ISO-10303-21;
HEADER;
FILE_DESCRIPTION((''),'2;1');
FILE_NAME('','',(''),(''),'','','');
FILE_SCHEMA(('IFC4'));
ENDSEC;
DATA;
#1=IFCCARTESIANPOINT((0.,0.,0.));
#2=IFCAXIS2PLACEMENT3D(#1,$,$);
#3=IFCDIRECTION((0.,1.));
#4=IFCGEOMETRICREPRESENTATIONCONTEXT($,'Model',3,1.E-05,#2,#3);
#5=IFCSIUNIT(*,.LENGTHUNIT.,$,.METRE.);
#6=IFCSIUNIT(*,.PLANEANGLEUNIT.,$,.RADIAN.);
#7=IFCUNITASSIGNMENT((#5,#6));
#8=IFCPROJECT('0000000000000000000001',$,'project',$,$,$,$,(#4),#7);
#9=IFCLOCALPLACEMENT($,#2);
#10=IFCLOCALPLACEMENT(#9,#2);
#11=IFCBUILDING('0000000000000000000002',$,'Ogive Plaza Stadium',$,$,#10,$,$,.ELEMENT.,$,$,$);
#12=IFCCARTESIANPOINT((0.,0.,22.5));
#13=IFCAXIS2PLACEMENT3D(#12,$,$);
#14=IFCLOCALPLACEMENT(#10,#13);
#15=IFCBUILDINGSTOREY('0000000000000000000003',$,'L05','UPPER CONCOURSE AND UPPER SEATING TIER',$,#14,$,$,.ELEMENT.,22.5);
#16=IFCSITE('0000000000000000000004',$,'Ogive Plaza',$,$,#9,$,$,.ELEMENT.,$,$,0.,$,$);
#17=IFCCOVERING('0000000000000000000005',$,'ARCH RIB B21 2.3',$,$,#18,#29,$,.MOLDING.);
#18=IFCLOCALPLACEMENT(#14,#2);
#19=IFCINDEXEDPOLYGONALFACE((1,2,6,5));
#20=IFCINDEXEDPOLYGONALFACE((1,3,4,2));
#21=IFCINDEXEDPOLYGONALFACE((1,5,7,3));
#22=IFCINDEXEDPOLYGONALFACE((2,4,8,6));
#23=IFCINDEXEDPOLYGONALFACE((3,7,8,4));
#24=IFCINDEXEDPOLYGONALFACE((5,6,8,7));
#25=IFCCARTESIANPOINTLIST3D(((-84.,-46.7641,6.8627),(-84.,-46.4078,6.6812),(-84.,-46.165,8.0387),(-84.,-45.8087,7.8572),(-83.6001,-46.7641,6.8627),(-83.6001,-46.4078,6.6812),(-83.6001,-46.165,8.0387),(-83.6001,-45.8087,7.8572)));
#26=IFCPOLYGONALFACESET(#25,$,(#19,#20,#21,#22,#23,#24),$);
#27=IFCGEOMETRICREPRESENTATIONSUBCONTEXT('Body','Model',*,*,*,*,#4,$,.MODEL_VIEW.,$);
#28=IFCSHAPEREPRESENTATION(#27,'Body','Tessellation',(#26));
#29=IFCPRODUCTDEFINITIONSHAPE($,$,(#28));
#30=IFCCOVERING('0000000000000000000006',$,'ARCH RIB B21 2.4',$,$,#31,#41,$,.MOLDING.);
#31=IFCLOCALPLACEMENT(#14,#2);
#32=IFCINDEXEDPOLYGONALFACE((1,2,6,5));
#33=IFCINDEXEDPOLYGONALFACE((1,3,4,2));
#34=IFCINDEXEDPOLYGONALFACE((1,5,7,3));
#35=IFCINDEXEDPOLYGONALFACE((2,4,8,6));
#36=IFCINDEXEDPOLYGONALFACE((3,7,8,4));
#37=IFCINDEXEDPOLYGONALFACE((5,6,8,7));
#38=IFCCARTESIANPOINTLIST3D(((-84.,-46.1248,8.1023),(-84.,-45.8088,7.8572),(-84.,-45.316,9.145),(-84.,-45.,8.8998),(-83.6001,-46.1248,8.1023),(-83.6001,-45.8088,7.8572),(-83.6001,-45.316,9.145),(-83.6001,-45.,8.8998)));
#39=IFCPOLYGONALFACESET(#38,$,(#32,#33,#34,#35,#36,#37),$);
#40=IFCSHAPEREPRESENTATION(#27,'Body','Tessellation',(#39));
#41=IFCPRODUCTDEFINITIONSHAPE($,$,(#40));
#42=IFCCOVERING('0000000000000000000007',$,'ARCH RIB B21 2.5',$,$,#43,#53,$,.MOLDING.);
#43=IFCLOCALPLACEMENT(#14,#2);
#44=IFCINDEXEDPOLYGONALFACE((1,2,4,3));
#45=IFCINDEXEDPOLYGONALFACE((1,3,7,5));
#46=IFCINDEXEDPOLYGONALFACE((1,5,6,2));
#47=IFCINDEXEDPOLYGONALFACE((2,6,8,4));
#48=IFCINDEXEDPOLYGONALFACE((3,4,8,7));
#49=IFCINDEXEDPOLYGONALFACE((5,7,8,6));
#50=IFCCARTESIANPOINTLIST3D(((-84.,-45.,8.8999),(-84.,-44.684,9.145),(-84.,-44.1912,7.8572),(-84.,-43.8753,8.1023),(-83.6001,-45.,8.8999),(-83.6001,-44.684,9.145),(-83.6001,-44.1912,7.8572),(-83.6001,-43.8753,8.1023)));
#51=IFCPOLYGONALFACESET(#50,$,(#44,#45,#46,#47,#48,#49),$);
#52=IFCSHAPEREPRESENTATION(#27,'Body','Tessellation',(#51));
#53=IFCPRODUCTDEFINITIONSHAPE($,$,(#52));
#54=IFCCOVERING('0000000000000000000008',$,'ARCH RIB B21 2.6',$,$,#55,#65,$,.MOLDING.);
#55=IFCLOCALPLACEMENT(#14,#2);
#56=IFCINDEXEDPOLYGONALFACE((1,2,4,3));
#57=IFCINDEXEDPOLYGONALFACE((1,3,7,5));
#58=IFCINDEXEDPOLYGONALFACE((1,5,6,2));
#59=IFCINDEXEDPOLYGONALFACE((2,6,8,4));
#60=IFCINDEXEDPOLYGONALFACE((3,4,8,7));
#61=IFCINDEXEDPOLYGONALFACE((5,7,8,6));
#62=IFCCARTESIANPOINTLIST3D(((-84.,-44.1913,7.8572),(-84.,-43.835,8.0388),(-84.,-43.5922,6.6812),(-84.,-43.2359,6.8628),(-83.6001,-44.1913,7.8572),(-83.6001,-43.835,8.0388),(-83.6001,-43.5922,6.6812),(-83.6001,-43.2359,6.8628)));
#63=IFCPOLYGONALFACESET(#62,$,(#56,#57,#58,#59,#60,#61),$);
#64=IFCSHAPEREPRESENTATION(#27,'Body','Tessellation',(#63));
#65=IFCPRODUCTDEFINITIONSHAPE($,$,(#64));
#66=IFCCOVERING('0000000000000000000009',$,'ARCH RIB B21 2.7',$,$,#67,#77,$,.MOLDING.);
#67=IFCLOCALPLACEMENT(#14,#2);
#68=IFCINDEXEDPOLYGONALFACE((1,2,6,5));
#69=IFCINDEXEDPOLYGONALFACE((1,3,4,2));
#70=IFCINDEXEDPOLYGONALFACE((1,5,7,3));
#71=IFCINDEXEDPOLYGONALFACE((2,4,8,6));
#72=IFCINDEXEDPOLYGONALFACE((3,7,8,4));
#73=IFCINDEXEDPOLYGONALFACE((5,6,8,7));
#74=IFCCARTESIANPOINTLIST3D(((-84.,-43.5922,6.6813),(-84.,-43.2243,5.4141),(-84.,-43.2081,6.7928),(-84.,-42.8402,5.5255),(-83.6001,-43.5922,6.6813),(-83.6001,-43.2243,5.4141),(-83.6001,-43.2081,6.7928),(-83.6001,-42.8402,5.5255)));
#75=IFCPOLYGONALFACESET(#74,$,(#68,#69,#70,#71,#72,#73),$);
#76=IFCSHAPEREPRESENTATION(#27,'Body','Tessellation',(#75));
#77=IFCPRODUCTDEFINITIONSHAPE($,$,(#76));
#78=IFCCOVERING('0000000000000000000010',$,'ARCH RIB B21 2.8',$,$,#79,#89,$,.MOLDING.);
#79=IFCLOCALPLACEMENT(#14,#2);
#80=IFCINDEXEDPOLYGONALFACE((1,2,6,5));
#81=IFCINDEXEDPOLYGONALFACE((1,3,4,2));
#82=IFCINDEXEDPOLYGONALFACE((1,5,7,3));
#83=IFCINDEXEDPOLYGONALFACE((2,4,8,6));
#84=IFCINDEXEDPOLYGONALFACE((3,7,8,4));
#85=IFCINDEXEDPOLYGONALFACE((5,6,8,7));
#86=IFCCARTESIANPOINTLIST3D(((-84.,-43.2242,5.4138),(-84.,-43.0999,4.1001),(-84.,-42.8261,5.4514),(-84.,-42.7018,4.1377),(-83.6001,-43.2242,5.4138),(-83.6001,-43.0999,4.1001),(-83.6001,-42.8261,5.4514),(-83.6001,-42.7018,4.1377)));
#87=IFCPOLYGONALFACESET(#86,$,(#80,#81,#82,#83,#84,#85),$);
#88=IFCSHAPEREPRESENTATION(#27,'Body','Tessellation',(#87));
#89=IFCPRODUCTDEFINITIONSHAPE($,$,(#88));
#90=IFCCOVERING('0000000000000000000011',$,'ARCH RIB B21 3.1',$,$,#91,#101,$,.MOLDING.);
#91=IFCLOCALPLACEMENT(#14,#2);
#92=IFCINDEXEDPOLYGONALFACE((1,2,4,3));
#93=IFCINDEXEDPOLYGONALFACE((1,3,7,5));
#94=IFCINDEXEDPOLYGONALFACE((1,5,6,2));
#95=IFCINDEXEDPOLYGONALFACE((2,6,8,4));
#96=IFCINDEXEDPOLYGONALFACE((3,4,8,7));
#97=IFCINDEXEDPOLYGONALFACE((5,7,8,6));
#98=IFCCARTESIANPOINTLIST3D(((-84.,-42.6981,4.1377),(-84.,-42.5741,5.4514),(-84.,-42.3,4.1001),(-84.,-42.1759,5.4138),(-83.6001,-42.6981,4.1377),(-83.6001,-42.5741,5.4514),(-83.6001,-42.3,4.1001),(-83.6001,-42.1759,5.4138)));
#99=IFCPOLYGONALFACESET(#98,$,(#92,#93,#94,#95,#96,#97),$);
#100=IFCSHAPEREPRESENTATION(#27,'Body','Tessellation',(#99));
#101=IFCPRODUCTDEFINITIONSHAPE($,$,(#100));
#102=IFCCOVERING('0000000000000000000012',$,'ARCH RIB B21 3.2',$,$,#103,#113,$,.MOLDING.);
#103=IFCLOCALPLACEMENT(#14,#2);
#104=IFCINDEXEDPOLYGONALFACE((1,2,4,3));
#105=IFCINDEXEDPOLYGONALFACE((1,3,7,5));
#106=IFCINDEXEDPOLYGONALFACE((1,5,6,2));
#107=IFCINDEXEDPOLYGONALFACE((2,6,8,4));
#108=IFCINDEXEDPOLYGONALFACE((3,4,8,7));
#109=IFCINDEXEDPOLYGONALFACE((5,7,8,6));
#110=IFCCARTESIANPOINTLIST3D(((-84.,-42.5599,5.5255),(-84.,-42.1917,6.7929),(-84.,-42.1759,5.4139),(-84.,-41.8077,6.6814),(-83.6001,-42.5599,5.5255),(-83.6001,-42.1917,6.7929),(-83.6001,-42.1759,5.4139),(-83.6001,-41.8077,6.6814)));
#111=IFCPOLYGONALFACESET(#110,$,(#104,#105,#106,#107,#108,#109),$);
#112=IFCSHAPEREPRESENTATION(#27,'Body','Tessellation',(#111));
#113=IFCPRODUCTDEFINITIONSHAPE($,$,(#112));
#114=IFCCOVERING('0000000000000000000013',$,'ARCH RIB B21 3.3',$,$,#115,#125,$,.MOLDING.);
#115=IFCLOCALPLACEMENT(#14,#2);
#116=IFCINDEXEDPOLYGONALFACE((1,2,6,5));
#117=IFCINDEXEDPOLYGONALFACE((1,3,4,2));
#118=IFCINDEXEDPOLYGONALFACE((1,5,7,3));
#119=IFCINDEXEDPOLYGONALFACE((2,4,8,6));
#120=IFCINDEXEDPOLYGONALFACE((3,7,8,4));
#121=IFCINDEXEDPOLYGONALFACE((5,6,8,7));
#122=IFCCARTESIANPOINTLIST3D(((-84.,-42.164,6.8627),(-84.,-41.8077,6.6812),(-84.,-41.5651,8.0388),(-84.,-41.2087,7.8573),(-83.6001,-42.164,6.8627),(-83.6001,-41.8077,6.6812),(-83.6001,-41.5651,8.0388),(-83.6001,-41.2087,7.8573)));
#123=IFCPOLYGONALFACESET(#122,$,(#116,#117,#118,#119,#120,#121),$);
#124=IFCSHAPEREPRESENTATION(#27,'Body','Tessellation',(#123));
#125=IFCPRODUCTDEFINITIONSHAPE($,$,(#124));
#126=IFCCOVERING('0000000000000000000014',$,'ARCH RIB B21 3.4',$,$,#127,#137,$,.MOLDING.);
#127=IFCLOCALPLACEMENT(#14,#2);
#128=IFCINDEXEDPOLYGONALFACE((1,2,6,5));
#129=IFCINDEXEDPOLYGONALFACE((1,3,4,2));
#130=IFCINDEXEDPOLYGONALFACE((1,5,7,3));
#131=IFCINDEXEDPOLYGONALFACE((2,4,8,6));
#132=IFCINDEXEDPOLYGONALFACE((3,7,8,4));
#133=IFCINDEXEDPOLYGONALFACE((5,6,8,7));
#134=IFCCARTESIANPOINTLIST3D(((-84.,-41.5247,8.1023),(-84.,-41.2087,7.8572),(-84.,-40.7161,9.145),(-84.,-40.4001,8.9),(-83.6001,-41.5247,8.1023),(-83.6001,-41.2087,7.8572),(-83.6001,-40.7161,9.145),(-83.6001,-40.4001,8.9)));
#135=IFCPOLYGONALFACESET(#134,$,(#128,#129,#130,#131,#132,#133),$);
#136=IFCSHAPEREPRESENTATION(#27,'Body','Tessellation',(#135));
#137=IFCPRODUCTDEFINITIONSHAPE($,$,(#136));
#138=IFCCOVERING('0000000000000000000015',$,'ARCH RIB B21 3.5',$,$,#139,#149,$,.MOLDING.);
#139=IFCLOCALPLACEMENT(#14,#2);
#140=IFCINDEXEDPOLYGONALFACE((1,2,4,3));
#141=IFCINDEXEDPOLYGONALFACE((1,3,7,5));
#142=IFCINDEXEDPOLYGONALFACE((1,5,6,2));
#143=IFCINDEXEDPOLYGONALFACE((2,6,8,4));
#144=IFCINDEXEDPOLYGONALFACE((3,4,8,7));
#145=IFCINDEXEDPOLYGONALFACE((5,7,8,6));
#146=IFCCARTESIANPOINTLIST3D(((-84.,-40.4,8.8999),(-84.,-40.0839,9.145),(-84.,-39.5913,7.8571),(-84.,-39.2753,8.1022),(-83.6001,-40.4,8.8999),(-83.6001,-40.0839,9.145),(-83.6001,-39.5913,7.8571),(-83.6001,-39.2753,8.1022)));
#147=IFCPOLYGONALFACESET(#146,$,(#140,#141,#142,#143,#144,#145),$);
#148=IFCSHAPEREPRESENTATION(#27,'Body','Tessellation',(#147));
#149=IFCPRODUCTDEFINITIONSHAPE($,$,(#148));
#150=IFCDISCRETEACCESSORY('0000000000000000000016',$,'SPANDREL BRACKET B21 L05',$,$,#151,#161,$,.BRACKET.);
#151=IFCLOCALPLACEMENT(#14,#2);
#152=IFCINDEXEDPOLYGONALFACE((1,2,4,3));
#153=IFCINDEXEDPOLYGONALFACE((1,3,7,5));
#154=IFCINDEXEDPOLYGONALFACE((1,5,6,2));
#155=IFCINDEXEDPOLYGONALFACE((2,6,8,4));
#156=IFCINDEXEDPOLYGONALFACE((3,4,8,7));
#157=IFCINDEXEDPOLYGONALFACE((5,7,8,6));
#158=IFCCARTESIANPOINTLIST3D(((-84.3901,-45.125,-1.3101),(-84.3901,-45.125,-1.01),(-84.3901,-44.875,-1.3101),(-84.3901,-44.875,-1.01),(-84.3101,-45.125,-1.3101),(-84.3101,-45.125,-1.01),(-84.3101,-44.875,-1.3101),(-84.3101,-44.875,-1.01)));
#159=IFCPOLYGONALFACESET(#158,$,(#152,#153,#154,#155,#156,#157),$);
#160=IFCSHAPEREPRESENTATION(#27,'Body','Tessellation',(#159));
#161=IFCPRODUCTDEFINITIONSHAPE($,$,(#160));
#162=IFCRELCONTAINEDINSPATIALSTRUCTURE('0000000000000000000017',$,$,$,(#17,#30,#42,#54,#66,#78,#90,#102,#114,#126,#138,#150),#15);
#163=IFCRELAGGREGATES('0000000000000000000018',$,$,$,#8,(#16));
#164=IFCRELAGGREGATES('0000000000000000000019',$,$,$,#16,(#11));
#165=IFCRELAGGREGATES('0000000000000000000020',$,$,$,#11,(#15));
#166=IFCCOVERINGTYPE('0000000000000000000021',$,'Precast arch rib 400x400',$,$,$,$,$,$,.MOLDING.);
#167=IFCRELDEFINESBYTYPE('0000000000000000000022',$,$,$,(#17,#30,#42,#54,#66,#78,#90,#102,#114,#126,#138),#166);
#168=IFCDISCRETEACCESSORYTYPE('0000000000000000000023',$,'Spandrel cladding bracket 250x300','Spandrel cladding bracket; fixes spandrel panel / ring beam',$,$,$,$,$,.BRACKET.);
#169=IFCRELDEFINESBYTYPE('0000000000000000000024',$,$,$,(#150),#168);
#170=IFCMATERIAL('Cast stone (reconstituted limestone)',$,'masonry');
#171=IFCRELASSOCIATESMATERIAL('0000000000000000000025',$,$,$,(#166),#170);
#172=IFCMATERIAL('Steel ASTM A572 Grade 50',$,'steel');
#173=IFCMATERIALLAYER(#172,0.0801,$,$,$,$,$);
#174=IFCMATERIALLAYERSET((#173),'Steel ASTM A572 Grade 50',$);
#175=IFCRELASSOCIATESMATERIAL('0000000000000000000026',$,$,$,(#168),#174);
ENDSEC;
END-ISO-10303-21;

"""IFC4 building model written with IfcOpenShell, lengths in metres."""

from ifc_helpers import new_model, si_unit, direction, frame, origin, origin_2d, place, context, subcontext, project, spatial, rectangle, extrude, material, layer, layer_set, material_profile, profile_set, type_object, element, save


model = new_model("IFC4")

# Units and contexts
model_context = context("Model", 3, precision=1e-05, world=origin(), true_north=direction((0.0, 1.0)))
body_context = subcontext(model_context, "Body", "Model", "MODEL_VIEW")
ifc_project = project(units=[si_unit("LENGTHUNIT", "METRE"), si_unit("PLANEANGLEUNIT", "RADIAN")], contexts=[model_context])

# Site, building, storey
site_placement = place(None, origin())
site = spatial("IfcSite", under=ifc_project, at=site_placement, Name="Ogive Plaza", CompositionType="ELEMENT", RefElevation=0.0)
building_placement = place(site_placement, origin())
building = spatial("IfcBuilding", under=site, at=building_placement, Name="Ogive Plaza Stadium", CompositionType="ELEMENT")
storey_placement = place(building_placement, frame((0.0, 0.0, 22.5)))
storey = spatial("IfcBuildingStorey", under=building, at=storey_placement, Name="L05", Description="UPPER CONCOURSE AND UPPER SEATING TIER", CompositionType="ELEMENT", Elevation=22.5)

# Coverings
ifc_material_1 = material(Name="Cast stone (reconstituted limestone)", Category="masonry")
ifc_material_profile_1 = material_profile(ifc_material_1, rectangle(XDim=0.3999, YDim=0.3999, at=origin_2d()), Name="Cast stone 400x400")
ifc_profile_set_1 = profile_set([ifc_material_profile_1], Name="Cast stone (reconstituted limestone)")
covering_type = type_object("IfcCoveringType", Name="Precast arch rib 400x400", PredefinedType="MOLDING", material=ifc_profile_set_1)
covering_1_placement = place(storey_placement, frame((-83.8, -46.5859, 6.772), z_axis=(0.0, 0.453934, 0.891035), x_axis=(-1.0, 0.0, 0.0)))
element("IfcCovering", 1, at=covering_1_placement, inside=storey, type_object=covering_type, Name="ARCH RIB B21 2.3", PredefinedType="MOLDING", context=body_context, shape_type="SweptSolid", body=[
    extrude(rectangle(XDim=0.3999, YDim=0.3999, at=origin_2d()), origin(), (0.0, 0.0, 1.0), 1.3198),
])
for number, where, z_axis, x_axis, name in (
    (2, (-83.8, -45.9668, 7.9797), (0.0, 0.612915, 0.790148), (-1.0, 0.0, 0.0), "ARCH RIB B21 2.4"),
    (3, (-83.8, -44.842, 9.0225), (0.0, 0.612915, -0.790148), (-1.0, 0.0, 0.0), "ARCH RIB B21 2.5"),
):
    element("IfcCovering", number, at=place(storey_placement, frame(where, z_axis=z_axis, x_axis=x_axis)), inside=storey, type_object=covering_type, Name=name, PredefinedType="MOLDING", context=body_context, shape_type="SweptSolid", body=[
        extrude(rectangle(XDim=0.3999, YDim=0.3999, at=origin_2d()), origin(), (0.0, 0.0, 1.0), 1.3196),
    ])
covering_2_placement = place(storey_placement, frame((-83.8, -44.0132, 7.948), z_axis=(0.0, 0.453934, -0.891035), x_axis=(-1.0, 0.0, 0.0)))
element("IfcCovering", 4, at=covering_2_placement, inside=storey, type_object=covering_type, Name="ARCH RIB B21 2.6", PredefinedType="MOLDING", context=body_context, shape_type="SweptSolid", body=[
    extrude(rectangle(XDim=0.3999, YDim=0.3999, at=origin_2d()), origin(), (0.0, 0.0, 1.0), 1.3198),
])
for number, where, z_axis, x_axis, name in (
    (5, (-83.8, -43.4001, 6.7371), (0.0, 0.278799, -0.960349), (-1.0, 0.0, 0.0), "ARCH RIB B21 2.7"),
    (6, (-83.8, -43.0251, 5.4326), (0.0, 0.094172, -0.995556), (-1.0, 0.0, 0.0), "ARCH RIB B21 2.8"),
    (7, (-83.8, -42.499, 4.1189), (0.0, 0.093988, 0.995573), (-1.0, 0.0, 0.0), "ARCH RIB B21 3.1"),
):
    element("IfcCovering", number, at=place(storey_placement, frame(where, z_axis=z_axis, x_axis=x_axis)), inside=storey, type_object=covering_type, Name=name, PredefinedType="MOLDING", context=body_context, shape_type="SweptSolid", body=[
        extrude(rectangle(XDim=0.3999, YDim=0.3999, at=origin_2d()), origin(), (0.0, 0.0, 1.0), 1.3196),
    ])
for number, where, z_axis, x_axis, name in (
    (8, (-83.8, -42.3679, 5.4697), (0.0, 0.27897, 0.9603), (-1.0, 0.0, 0.0), "ARCH RIB B21 3.2"),
    (9, (-83.8, -41.9858, 6.772), (0.0, 0.453787, 0.89111), (-1.0, 0.0, 0.0), "ARCH RIB B21 3.3"),
):
    element("IfcCovering", number, at=place(storey_placement, frame(where, z_axis=z_axis, x_axis=x_axis)), inside=storey, type_object=covering_type, Name=name, PredefinedType="MOLDING", context=body_context, shape_type="SweptSolid", body=[
        extrude(rectangle(XDim=0.3999, YDim=0.3999, at=origin_2d()), origin(), (0.0, 0.0, 1.0), 1.3198),
    ])
for number, where, z_axis, x_axis, name in (
    (10, (-83.8, -41.3667, 7.9797), (0.0, 0.6128, 0.790238), (-1.0, 0.0, 0.0), "ARCH RIB B21 3.4"),
    (11, (-83.8, -40.2419, 9.0225), (0.0, 0.6128, -0.790238), (-1.0, 0.0, 0.0), "ARCH RIB B21 3.5"),
):
    element("IfcCovering", number, at=place(storey_placement, frame(where, z_axis=z_axis, x_axis=x_axis)), inside=storey, type_object=covering_type, Name=name, PredefinedType="MOLDING", context=body_context, shape_type="SweptSolid", body=[
        extrude(rectangle(XDim=0.3999, YDim=0.3999, at=origin_2d()), origin(), (0.0, 0.0, 1.0), 1.3196),
    ])

# Discrete accessory
ifc_material_2 = material(Name="Steel ASTM A572 Grade 50", Category="steel")
ifc_layer_1 = layer(ifc_material_2, 0.0801)
ifc_layer_set_1 = layer_set([ifc_layer_1], Name="Steel ASTM A572 Grade 50")
discrete_accessory_type = type_object("IfcDiscreteAccessoryType", Name="Spandrel cladding bracket 250x300", Description="Spandrel cladding bracket; fixes spandrel panel / ring beam", PredefinedType="BRACKET", material=ifc_layer_set_1)
discrete_accessory_placement = place(storey_placement, frame((-84.3501, -45.0, -1.3101), z_axis=(0.0, 0.0, 1.0), x_axis=(0.0, 1.0, 0.0)))
element("IfcDiscreteAccessory", 12, at=discrete_accessory_placement, inside=storey, type_object=discrete_accessory_type, Name="SPANDREL BRACKET B21 L05", PredefinedType="BRACKET", context=body_context, shape_type="SweptSolid", body=[
    extrude(rectangle(XDim=0.25, YDim=0.0801, at=origin_2d()), origin(), (0.0, 0.0, 1.0), 0.3),
])

save(model, "model.ifc")
